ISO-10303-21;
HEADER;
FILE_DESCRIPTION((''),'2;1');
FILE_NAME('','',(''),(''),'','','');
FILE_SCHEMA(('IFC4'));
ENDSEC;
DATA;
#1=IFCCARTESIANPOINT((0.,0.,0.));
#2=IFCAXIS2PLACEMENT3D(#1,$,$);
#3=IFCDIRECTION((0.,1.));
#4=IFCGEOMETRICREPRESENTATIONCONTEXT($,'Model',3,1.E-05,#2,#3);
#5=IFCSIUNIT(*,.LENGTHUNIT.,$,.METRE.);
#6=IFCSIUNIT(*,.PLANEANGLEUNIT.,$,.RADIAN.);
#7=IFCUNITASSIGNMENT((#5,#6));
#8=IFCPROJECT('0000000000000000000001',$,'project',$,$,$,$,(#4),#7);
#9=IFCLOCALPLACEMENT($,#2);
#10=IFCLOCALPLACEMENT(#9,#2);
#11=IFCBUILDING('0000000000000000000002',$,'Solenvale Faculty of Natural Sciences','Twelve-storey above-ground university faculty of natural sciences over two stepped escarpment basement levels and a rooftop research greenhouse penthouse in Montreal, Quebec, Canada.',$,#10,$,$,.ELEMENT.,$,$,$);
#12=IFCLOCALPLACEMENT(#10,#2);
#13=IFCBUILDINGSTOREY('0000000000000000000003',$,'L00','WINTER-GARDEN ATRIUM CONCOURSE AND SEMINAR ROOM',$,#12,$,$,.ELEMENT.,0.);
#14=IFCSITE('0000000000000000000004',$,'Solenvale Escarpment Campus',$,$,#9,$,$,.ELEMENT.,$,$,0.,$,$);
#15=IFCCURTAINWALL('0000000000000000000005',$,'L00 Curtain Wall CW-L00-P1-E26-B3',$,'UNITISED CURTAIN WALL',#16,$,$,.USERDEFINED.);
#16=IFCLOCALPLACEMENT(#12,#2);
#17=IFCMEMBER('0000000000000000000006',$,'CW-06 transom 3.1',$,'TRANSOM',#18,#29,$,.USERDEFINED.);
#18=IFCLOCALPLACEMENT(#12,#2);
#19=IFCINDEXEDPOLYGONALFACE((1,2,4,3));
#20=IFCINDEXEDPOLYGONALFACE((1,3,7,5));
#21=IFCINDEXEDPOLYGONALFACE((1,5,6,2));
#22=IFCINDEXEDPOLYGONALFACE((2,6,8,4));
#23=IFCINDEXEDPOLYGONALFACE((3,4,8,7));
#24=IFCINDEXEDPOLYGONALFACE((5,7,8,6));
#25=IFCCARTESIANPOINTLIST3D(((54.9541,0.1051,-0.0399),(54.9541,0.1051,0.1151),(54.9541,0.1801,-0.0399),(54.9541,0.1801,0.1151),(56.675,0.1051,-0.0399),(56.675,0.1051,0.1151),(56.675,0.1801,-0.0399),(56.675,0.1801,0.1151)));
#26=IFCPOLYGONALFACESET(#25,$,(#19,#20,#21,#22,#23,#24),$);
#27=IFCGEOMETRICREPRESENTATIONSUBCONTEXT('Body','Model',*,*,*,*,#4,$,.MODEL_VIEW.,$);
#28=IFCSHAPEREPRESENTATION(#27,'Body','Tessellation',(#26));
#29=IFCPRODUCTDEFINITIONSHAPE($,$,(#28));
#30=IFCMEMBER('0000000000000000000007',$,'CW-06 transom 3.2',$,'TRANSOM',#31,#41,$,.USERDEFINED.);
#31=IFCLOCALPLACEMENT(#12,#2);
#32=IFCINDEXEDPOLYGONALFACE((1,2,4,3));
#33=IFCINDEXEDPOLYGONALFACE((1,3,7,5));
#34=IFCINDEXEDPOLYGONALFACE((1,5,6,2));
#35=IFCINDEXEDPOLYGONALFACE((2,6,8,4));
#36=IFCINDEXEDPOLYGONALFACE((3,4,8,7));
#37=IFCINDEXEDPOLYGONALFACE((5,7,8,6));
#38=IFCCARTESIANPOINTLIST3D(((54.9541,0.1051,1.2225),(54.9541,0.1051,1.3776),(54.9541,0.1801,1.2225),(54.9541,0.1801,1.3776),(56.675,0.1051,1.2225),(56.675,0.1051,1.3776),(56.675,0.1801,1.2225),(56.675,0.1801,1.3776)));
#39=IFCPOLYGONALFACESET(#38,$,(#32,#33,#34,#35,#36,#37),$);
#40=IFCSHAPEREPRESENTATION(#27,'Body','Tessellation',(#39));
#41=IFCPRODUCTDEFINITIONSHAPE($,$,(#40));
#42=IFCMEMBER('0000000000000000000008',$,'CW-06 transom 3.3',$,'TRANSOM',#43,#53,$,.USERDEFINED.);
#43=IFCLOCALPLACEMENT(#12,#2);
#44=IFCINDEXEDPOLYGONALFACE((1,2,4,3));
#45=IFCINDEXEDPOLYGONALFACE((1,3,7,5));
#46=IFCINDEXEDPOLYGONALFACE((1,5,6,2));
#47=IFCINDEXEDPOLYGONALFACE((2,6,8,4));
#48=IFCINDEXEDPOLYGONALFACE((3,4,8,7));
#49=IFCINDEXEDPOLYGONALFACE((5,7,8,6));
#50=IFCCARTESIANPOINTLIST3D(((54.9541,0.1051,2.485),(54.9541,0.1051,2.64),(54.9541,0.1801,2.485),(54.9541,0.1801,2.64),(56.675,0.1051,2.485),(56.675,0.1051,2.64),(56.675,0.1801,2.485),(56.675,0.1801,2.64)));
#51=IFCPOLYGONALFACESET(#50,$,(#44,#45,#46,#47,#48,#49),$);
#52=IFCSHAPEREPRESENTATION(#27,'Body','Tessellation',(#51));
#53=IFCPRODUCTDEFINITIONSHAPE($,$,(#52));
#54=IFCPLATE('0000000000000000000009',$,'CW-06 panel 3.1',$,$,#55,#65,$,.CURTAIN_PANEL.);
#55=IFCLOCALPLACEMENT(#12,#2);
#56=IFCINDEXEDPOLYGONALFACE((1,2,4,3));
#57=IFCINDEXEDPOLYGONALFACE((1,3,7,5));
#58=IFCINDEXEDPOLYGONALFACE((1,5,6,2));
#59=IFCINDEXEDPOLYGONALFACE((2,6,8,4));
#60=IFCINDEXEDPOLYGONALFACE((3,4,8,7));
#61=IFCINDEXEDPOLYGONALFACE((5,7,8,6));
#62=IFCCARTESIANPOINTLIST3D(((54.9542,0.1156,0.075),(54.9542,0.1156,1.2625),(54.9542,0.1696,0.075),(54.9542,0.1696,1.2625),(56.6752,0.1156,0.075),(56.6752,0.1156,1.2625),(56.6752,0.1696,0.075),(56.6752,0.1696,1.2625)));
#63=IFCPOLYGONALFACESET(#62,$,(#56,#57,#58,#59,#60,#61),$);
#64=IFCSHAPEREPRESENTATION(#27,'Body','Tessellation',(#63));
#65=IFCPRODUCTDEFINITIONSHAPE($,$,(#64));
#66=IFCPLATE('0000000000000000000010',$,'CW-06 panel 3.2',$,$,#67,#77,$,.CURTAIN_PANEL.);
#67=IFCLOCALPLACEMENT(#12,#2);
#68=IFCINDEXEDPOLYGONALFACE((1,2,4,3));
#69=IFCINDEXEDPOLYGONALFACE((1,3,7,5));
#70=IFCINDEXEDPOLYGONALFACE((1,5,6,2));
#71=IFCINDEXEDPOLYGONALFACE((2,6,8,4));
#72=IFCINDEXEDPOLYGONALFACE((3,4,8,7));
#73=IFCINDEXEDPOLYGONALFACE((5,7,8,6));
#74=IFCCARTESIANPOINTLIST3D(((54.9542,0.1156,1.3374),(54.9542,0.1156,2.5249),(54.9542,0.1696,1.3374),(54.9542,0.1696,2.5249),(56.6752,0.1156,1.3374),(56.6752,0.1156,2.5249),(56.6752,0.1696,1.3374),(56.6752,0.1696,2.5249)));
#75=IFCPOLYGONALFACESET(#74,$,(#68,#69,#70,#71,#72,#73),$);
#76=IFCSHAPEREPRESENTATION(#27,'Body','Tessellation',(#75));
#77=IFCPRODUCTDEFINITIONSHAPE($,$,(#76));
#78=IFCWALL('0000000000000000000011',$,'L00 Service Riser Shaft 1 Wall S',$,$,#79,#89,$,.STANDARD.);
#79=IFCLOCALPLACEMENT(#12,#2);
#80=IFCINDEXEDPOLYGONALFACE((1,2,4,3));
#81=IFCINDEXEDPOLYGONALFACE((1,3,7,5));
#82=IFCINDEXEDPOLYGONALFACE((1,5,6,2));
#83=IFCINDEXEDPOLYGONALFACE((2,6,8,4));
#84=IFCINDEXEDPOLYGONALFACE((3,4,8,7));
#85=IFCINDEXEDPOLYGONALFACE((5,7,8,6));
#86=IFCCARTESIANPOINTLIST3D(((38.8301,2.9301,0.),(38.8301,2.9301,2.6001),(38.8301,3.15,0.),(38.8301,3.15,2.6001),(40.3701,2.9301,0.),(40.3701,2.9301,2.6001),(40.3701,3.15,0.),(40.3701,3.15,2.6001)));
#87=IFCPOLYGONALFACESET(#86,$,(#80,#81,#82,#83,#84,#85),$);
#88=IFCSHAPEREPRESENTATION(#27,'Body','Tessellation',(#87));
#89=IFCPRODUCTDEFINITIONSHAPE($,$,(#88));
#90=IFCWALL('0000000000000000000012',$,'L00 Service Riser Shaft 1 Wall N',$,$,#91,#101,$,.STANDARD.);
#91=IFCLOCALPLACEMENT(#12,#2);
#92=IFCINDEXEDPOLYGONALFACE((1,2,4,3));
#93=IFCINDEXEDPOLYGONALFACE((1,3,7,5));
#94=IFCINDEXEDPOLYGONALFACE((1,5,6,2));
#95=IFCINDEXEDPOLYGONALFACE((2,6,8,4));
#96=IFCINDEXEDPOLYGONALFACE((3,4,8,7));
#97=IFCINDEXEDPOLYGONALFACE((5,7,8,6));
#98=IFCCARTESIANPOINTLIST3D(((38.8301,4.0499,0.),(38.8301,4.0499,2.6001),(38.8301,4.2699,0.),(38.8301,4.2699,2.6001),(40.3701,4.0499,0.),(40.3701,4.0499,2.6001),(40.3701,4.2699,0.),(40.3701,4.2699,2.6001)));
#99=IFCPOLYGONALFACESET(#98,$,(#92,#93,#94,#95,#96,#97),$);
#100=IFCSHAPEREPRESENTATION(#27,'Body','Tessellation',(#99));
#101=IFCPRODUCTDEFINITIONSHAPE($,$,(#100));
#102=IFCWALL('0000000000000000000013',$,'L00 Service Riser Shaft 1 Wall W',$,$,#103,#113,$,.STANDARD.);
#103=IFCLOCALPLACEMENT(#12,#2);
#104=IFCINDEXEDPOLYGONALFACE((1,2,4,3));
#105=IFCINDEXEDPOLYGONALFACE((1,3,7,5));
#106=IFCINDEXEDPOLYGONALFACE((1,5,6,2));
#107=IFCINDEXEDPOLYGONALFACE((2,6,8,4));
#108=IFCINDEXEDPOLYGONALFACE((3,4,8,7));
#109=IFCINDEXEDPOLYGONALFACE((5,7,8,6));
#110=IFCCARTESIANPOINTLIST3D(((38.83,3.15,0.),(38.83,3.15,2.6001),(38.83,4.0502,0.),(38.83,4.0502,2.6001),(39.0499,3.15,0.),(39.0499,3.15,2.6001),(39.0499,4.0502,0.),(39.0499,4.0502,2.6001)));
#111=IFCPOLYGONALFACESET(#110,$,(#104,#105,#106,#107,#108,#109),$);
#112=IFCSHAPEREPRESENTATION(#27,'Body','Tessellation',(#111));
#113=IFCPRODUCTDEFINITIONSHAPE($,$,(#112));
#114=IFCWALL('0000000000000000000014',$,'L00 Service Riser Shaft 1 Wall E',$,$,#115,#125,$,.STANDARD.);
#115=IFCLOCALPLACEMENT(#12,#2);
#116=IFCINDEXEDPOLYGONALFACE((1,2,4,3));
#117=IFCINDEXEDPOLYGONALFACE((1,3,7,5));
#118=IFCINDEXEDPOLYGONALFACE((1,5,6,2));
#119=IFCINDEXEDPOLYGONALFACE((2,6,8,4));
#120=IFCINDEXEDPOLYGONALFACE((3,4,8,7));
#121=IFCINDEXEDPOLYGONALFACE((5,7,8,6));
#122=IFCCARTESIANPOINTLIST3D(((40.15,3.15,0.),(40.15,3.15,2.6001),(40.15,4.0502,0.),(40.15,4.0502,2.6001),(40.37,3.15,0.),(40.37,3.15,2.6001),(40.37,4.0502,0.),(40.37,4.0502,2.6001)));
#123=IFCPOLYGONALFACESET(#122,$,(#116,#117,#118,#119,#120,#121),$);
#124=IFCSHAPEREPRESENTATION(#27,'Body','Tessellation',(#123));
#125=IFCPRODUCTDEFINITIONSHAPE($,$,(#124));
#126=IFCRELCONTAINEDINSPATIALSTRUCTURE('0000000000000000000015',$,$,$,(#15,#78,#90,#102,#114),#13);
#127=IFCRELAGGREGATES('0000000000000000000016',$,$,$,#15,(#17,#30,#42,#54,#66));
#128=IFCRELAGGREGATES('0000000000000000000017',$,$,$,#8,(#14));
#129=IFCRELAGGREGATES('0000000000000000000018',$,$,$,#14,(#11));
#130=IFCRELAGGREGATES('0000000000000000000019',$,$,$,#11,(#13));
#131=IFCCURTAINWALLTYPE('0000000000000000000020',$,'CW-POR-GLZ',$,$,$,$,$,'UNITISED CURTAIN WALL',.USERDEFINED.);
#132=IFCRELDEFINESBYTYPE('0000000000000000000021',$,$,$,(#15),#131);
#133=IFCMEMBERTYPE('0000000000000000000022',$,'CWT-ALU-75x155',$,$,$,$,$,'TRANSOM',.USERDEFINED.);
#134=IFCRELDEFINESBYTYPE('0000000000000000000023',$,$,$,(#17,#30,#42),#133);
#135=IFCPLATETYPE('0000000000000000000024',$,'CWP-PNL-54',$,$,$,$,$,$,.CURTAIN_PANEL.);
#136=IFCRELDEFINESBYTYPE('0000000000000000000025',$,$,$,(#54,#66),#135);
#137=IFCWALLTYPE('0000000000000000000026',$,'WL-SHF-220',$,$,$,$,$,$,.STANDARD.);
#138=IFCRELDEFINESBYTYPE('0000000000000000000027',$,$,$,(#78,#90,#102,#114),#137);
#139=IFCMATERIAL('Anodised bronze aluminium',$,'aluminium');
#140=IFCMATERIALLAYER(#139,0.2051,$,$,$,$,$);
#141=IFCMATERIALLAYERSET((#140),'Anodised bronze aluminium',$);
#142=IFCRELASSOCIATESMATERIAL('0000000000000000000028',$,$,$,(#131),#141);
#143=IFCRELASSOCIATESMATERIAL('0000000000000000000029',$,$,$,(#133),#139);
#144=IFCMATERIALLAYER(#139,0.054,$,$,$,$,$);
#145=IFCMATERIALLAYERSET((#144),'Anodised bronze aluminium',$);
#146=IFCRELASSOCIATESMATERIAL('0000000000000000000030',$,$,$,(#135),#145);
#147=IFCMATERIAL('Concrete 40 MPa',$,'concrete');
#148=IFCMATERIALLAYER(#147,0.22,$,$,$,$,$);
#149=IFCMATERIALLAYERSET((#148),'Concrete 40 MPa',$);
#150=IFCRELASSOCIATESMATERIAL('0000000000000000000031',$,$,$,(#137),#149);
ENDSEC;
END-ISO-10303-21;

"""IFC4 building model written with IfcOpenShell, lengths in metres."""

from ifc_helpers import new_model, si_unit, direction, frame, frame_2d, origin, origin_2d, place, context, subcontext, project, spatial, rectangle, extrude, material, layer, layer_set, material_profile, profile_set, type_object, element, aggregate, save


model = new_model("IFC4")

# Units and contexts
model_context = context("Model", 3, precision=1e-05, world=origin(), true_north=direction((0.0, 1.0)))
body_context = subcontext(model_context, "Body", "Model", "MODEL_VIEW")
ifc_project = project(units=[si_unit("LENGTHUNIT", "METRE"), si_unit("PLANEANGLEUNIT", "RADIAN")], contexts=[model_context])

# Site, building, storey
site_placement = place(None, origin())
site = spatial("IfcSite", under=ifc_project, at=site_placement, Name="Solenvale Escarpment Campus", CompositionType="ELEMENT", RefElevation=0.0)
building_placement = place(site_placement, origin())
building = spatial("IfcBuilding", under=site, at=building_placement, Name="Solenvale Faculty of Natural Sciences", Description="Twelve-storey above-ground university faculty of natural sciences over two stepped escarpment basement levels and a rooftop research greenhouse penthouse in Montreal, Quebec, Canada.", CompositionType="ELEMENT")
storey_placement = place(building_placement, origin())
storey = spatial("IfcBuildingStorey", under=building, at=storey_placement, Name="L00", Description="WINTER-GARDEN ATRIUM CONCOURSE AND SEMINAR ROOM", CompositionType="ELEMENT", Elevation=0.0)

# Shared definitions
ifc_material_1 = material(Name="Concrete 40 MPa", Category="concrete")

# Curtain wall, members, plates
ifc_material_2 = material(Name="Anodised bronze aluminium", Category="aluminium")
ifc_layer_1 = layer(ifc_material_2, 0.2051)
ifc_layer_set_1 = layer_set([ifc_layer_1], Name="Anodised bronze aluminium")
curtain_wall_type = type_object("IfcCurtainWallType", Name="CW-POR-GLZ", ElementType="UNITISED CURTAIN WALL", PredefinedType="USERDEFINED", material=ifc_layer_set_1)
curtain_wall_placement = place(storey_placement, origin())
curtain_wall = element("IfcCurtainWall", 1, at=curtain_wall_placement, inside=storey, type_object=curtain_wall_type, Name="L00 Curtain Wall CW-L00-P1-E26-B3", ObjectType="UNITISED CURTAIN WALL", PredefinedType="USERDEFINED")
ifc_material_profile_1 = material_profile(ifc_material_2, rectangle(XDim=0.075, YDim=0.155, at=origin_2d()), Name="ALU-TRN-75x155")
ifc_profile_set_1 = profile_set([ifc_material_profile_1], Name="Anodised bronze aluminium")
member_type_1 = type_object("IfcMemberType", Name="CWT-ALU-75x155", ElementType="TRANSOM", PredefinedType="USERDEFINED", material=ifc_profile_set_1)
member_1_placement = place(storey_placement, frame((54.9541, 0.1426, 0.0376), z_axis=(1.0, 0.0, 0.0), x_axis=(0.0, 1.0, 0.0)))
member_1 = element("IfcMember", 2, at=member_1_placement, type_object=member_type_1, Name="CW-06 transom 3.1", ObjectType="TRANSOM", PredefinedType="USERDEFINED", context=body_context, shape_type="SweptSolid", body=[
    extrude(rectangle(XDim=0.075, YDim=0.155, at=origin_2d()), origin(), (0.0, 0.0, 1.0), 1.7209),
])
member_2_placement = place(storey_placement, frame((54.9541, 0.1426, 1.3), z_axis=(1.0, 0.0, 0.0), x_axis=(0.0, 1.0, 0.0)))
member_2 = element("IfcMember", 3, at=member_2_placement, type_object=member_type_1, Name="CW-06 transom 3.2", ObjectType="TRANSOM", PredefinedType="USERDEFINED", context=body_context, shape_type="SweptSolid", body=[
    extrude(rectangle(XDim=0.075, YDim=0.155, at=origin_2d()), origin(), (0.0, 0.0, 1.0), 1.7209),
])
member_3_placement = place(storey_placement, frame((54.9541, 0.1426, 2.5625), z_axis=(1.0, 0.0, 0.0), x_axis=(0.0, 1.0, 0.0)))
member_3 = element("IfcMember", 4, at=member_3_placement, type_object=member_type_1, Name="CW-06 transom 3.3", ObjectType="TRANSOM", PredefinedType="USERDEFINED", context=body_context, shape_type="SweptSolid", body=[
    extrude(rectangle(XDim=0.075, YDim=0.155, at=origin_2d()), origin(), (0.0, 0.0, 1.0), 1.7209),
])
ifc_layer_2 = layer(ifc_material_2, 0.054)
ifc_layer_set_2 = layer_set([ifc_layer_2], Name="Anodised bronze aluminium")
plate_type = type_object("IfcPlateType", Name="CWP-PNL-54", PredefinedType="CURTAIN_PANEL", material=ifc_layer_set_2)
plate_1_placement = place(storey_placement, frame((55.8147, 0.1426, 0.075), z_axis=(0.0, 0.0, 1.0), x_axis=(1.0, 0.0, 0.0)))
plate_1 = element("IfcPlate", 5, at=plate_1_placement, type_object=plate_type, Name="CW-06 panel 3.1", PredefinedType="CURTAIN_PANEL", context=body_context, shape_type="SweptSolid", body=[
    extrude(rectangle(XDim=1.7209, YDim=0.054, at=origin_2d()), origin(), (0.0, 0.0, 1.0), 1.1875),
])
plate_2_placement = place(storey_placement, frame((55.8147, 0.1426, 1.3374), z_axis=(0.0, 0.0, 1.0), x_axis=(1.0, 0.0, 0.0)))
plate_2 = element("IfcPlate", 6, at=plate_2_placement, type_object=plate_type, Name="CW-06 panel 3.2", PredefinedType="CURTAIN_PANEL", context=body_context, shape_type="SweptSolid", body=[
    extrude(rectangle(XDim=1.7209, YDim=0.054, at=origin_2d()), origin(), (0.0, 0.0, 1.0), 1.1875),
])
aggregate(curtain_wall, [member_1, member_2, member_3, plate_1, plate_2])

# Walls
ifc_layer_3 = layer(ifc_material_1, 0.22)
ifc_layer_set_3 = layer_set([ifc_layer_3], Name="Concrete 40 MPa")
wall_type = type_object("IfcWallType", Name="WL-SHF-220", PredefinedType="STANDARD", material=ifc_layer_set_3)
for number, where, z_axis, x_axis, name in (
    (7, (38.8301, 3.04, 0.0), (0.0, 0.0, 1.0), (1.0, 0.0, 0.0), "L00 Service Riser Shaft 1 Wall S"),
    (8, (38.8301, 4.1599, 0.0), (0.0, 0.0, 1.0), (1.0, 0.0, 0.0), "L00 Service Riser Shaft 1 Wall N"),
):
    element("IfcWall", number, at=place(storey_placement, frame(where, z_axis=z_axis, x_axis=x_axis)), inside=storey, type_object=wall_type, Name=name, PredefinedType="STANDARD", context=body_context, shape_type="SweptSolid", body=[
        extrude(rectangle(XDim=1.54, YDim=0.22, at=frame_2d((0.77, 0.0))), origin(), (0.0, 0.0, 1.0), 2.6001),
    ])
for number, where, z_axis, x_axis, name in (
    (9, (38.9399, 3.1499, 0.0), (0.0, 0.0, 1.0), (0.0, 1.0, 0.0), "L00 Service Riser Shaft 1 Wall W"),
    (10, (40.26, 3.1499, 0.0), (0.0, 0.0, 1.0), (0.0, 1.0, 0.0), "L00 Service Riser Shaft 1 Wall E"),
):
    element("IfcWall", number, at=place(storey_placement, frame(where, z_axis=z_axis, x_axis=x_axis)), inside=storey, type_object=wall_type, Name=name, PredefinedType="STANDARD", context=body_context, shape_type="SweptSolid", body=[
        extrude(rectangle(XDim=0.9001, YDim=0.22, at=frame_2d((0.4502, 0.0))), origin(), (0.0, 0.0, 1.0), 2.6001),
    ])

save(model, "model.ifc")
